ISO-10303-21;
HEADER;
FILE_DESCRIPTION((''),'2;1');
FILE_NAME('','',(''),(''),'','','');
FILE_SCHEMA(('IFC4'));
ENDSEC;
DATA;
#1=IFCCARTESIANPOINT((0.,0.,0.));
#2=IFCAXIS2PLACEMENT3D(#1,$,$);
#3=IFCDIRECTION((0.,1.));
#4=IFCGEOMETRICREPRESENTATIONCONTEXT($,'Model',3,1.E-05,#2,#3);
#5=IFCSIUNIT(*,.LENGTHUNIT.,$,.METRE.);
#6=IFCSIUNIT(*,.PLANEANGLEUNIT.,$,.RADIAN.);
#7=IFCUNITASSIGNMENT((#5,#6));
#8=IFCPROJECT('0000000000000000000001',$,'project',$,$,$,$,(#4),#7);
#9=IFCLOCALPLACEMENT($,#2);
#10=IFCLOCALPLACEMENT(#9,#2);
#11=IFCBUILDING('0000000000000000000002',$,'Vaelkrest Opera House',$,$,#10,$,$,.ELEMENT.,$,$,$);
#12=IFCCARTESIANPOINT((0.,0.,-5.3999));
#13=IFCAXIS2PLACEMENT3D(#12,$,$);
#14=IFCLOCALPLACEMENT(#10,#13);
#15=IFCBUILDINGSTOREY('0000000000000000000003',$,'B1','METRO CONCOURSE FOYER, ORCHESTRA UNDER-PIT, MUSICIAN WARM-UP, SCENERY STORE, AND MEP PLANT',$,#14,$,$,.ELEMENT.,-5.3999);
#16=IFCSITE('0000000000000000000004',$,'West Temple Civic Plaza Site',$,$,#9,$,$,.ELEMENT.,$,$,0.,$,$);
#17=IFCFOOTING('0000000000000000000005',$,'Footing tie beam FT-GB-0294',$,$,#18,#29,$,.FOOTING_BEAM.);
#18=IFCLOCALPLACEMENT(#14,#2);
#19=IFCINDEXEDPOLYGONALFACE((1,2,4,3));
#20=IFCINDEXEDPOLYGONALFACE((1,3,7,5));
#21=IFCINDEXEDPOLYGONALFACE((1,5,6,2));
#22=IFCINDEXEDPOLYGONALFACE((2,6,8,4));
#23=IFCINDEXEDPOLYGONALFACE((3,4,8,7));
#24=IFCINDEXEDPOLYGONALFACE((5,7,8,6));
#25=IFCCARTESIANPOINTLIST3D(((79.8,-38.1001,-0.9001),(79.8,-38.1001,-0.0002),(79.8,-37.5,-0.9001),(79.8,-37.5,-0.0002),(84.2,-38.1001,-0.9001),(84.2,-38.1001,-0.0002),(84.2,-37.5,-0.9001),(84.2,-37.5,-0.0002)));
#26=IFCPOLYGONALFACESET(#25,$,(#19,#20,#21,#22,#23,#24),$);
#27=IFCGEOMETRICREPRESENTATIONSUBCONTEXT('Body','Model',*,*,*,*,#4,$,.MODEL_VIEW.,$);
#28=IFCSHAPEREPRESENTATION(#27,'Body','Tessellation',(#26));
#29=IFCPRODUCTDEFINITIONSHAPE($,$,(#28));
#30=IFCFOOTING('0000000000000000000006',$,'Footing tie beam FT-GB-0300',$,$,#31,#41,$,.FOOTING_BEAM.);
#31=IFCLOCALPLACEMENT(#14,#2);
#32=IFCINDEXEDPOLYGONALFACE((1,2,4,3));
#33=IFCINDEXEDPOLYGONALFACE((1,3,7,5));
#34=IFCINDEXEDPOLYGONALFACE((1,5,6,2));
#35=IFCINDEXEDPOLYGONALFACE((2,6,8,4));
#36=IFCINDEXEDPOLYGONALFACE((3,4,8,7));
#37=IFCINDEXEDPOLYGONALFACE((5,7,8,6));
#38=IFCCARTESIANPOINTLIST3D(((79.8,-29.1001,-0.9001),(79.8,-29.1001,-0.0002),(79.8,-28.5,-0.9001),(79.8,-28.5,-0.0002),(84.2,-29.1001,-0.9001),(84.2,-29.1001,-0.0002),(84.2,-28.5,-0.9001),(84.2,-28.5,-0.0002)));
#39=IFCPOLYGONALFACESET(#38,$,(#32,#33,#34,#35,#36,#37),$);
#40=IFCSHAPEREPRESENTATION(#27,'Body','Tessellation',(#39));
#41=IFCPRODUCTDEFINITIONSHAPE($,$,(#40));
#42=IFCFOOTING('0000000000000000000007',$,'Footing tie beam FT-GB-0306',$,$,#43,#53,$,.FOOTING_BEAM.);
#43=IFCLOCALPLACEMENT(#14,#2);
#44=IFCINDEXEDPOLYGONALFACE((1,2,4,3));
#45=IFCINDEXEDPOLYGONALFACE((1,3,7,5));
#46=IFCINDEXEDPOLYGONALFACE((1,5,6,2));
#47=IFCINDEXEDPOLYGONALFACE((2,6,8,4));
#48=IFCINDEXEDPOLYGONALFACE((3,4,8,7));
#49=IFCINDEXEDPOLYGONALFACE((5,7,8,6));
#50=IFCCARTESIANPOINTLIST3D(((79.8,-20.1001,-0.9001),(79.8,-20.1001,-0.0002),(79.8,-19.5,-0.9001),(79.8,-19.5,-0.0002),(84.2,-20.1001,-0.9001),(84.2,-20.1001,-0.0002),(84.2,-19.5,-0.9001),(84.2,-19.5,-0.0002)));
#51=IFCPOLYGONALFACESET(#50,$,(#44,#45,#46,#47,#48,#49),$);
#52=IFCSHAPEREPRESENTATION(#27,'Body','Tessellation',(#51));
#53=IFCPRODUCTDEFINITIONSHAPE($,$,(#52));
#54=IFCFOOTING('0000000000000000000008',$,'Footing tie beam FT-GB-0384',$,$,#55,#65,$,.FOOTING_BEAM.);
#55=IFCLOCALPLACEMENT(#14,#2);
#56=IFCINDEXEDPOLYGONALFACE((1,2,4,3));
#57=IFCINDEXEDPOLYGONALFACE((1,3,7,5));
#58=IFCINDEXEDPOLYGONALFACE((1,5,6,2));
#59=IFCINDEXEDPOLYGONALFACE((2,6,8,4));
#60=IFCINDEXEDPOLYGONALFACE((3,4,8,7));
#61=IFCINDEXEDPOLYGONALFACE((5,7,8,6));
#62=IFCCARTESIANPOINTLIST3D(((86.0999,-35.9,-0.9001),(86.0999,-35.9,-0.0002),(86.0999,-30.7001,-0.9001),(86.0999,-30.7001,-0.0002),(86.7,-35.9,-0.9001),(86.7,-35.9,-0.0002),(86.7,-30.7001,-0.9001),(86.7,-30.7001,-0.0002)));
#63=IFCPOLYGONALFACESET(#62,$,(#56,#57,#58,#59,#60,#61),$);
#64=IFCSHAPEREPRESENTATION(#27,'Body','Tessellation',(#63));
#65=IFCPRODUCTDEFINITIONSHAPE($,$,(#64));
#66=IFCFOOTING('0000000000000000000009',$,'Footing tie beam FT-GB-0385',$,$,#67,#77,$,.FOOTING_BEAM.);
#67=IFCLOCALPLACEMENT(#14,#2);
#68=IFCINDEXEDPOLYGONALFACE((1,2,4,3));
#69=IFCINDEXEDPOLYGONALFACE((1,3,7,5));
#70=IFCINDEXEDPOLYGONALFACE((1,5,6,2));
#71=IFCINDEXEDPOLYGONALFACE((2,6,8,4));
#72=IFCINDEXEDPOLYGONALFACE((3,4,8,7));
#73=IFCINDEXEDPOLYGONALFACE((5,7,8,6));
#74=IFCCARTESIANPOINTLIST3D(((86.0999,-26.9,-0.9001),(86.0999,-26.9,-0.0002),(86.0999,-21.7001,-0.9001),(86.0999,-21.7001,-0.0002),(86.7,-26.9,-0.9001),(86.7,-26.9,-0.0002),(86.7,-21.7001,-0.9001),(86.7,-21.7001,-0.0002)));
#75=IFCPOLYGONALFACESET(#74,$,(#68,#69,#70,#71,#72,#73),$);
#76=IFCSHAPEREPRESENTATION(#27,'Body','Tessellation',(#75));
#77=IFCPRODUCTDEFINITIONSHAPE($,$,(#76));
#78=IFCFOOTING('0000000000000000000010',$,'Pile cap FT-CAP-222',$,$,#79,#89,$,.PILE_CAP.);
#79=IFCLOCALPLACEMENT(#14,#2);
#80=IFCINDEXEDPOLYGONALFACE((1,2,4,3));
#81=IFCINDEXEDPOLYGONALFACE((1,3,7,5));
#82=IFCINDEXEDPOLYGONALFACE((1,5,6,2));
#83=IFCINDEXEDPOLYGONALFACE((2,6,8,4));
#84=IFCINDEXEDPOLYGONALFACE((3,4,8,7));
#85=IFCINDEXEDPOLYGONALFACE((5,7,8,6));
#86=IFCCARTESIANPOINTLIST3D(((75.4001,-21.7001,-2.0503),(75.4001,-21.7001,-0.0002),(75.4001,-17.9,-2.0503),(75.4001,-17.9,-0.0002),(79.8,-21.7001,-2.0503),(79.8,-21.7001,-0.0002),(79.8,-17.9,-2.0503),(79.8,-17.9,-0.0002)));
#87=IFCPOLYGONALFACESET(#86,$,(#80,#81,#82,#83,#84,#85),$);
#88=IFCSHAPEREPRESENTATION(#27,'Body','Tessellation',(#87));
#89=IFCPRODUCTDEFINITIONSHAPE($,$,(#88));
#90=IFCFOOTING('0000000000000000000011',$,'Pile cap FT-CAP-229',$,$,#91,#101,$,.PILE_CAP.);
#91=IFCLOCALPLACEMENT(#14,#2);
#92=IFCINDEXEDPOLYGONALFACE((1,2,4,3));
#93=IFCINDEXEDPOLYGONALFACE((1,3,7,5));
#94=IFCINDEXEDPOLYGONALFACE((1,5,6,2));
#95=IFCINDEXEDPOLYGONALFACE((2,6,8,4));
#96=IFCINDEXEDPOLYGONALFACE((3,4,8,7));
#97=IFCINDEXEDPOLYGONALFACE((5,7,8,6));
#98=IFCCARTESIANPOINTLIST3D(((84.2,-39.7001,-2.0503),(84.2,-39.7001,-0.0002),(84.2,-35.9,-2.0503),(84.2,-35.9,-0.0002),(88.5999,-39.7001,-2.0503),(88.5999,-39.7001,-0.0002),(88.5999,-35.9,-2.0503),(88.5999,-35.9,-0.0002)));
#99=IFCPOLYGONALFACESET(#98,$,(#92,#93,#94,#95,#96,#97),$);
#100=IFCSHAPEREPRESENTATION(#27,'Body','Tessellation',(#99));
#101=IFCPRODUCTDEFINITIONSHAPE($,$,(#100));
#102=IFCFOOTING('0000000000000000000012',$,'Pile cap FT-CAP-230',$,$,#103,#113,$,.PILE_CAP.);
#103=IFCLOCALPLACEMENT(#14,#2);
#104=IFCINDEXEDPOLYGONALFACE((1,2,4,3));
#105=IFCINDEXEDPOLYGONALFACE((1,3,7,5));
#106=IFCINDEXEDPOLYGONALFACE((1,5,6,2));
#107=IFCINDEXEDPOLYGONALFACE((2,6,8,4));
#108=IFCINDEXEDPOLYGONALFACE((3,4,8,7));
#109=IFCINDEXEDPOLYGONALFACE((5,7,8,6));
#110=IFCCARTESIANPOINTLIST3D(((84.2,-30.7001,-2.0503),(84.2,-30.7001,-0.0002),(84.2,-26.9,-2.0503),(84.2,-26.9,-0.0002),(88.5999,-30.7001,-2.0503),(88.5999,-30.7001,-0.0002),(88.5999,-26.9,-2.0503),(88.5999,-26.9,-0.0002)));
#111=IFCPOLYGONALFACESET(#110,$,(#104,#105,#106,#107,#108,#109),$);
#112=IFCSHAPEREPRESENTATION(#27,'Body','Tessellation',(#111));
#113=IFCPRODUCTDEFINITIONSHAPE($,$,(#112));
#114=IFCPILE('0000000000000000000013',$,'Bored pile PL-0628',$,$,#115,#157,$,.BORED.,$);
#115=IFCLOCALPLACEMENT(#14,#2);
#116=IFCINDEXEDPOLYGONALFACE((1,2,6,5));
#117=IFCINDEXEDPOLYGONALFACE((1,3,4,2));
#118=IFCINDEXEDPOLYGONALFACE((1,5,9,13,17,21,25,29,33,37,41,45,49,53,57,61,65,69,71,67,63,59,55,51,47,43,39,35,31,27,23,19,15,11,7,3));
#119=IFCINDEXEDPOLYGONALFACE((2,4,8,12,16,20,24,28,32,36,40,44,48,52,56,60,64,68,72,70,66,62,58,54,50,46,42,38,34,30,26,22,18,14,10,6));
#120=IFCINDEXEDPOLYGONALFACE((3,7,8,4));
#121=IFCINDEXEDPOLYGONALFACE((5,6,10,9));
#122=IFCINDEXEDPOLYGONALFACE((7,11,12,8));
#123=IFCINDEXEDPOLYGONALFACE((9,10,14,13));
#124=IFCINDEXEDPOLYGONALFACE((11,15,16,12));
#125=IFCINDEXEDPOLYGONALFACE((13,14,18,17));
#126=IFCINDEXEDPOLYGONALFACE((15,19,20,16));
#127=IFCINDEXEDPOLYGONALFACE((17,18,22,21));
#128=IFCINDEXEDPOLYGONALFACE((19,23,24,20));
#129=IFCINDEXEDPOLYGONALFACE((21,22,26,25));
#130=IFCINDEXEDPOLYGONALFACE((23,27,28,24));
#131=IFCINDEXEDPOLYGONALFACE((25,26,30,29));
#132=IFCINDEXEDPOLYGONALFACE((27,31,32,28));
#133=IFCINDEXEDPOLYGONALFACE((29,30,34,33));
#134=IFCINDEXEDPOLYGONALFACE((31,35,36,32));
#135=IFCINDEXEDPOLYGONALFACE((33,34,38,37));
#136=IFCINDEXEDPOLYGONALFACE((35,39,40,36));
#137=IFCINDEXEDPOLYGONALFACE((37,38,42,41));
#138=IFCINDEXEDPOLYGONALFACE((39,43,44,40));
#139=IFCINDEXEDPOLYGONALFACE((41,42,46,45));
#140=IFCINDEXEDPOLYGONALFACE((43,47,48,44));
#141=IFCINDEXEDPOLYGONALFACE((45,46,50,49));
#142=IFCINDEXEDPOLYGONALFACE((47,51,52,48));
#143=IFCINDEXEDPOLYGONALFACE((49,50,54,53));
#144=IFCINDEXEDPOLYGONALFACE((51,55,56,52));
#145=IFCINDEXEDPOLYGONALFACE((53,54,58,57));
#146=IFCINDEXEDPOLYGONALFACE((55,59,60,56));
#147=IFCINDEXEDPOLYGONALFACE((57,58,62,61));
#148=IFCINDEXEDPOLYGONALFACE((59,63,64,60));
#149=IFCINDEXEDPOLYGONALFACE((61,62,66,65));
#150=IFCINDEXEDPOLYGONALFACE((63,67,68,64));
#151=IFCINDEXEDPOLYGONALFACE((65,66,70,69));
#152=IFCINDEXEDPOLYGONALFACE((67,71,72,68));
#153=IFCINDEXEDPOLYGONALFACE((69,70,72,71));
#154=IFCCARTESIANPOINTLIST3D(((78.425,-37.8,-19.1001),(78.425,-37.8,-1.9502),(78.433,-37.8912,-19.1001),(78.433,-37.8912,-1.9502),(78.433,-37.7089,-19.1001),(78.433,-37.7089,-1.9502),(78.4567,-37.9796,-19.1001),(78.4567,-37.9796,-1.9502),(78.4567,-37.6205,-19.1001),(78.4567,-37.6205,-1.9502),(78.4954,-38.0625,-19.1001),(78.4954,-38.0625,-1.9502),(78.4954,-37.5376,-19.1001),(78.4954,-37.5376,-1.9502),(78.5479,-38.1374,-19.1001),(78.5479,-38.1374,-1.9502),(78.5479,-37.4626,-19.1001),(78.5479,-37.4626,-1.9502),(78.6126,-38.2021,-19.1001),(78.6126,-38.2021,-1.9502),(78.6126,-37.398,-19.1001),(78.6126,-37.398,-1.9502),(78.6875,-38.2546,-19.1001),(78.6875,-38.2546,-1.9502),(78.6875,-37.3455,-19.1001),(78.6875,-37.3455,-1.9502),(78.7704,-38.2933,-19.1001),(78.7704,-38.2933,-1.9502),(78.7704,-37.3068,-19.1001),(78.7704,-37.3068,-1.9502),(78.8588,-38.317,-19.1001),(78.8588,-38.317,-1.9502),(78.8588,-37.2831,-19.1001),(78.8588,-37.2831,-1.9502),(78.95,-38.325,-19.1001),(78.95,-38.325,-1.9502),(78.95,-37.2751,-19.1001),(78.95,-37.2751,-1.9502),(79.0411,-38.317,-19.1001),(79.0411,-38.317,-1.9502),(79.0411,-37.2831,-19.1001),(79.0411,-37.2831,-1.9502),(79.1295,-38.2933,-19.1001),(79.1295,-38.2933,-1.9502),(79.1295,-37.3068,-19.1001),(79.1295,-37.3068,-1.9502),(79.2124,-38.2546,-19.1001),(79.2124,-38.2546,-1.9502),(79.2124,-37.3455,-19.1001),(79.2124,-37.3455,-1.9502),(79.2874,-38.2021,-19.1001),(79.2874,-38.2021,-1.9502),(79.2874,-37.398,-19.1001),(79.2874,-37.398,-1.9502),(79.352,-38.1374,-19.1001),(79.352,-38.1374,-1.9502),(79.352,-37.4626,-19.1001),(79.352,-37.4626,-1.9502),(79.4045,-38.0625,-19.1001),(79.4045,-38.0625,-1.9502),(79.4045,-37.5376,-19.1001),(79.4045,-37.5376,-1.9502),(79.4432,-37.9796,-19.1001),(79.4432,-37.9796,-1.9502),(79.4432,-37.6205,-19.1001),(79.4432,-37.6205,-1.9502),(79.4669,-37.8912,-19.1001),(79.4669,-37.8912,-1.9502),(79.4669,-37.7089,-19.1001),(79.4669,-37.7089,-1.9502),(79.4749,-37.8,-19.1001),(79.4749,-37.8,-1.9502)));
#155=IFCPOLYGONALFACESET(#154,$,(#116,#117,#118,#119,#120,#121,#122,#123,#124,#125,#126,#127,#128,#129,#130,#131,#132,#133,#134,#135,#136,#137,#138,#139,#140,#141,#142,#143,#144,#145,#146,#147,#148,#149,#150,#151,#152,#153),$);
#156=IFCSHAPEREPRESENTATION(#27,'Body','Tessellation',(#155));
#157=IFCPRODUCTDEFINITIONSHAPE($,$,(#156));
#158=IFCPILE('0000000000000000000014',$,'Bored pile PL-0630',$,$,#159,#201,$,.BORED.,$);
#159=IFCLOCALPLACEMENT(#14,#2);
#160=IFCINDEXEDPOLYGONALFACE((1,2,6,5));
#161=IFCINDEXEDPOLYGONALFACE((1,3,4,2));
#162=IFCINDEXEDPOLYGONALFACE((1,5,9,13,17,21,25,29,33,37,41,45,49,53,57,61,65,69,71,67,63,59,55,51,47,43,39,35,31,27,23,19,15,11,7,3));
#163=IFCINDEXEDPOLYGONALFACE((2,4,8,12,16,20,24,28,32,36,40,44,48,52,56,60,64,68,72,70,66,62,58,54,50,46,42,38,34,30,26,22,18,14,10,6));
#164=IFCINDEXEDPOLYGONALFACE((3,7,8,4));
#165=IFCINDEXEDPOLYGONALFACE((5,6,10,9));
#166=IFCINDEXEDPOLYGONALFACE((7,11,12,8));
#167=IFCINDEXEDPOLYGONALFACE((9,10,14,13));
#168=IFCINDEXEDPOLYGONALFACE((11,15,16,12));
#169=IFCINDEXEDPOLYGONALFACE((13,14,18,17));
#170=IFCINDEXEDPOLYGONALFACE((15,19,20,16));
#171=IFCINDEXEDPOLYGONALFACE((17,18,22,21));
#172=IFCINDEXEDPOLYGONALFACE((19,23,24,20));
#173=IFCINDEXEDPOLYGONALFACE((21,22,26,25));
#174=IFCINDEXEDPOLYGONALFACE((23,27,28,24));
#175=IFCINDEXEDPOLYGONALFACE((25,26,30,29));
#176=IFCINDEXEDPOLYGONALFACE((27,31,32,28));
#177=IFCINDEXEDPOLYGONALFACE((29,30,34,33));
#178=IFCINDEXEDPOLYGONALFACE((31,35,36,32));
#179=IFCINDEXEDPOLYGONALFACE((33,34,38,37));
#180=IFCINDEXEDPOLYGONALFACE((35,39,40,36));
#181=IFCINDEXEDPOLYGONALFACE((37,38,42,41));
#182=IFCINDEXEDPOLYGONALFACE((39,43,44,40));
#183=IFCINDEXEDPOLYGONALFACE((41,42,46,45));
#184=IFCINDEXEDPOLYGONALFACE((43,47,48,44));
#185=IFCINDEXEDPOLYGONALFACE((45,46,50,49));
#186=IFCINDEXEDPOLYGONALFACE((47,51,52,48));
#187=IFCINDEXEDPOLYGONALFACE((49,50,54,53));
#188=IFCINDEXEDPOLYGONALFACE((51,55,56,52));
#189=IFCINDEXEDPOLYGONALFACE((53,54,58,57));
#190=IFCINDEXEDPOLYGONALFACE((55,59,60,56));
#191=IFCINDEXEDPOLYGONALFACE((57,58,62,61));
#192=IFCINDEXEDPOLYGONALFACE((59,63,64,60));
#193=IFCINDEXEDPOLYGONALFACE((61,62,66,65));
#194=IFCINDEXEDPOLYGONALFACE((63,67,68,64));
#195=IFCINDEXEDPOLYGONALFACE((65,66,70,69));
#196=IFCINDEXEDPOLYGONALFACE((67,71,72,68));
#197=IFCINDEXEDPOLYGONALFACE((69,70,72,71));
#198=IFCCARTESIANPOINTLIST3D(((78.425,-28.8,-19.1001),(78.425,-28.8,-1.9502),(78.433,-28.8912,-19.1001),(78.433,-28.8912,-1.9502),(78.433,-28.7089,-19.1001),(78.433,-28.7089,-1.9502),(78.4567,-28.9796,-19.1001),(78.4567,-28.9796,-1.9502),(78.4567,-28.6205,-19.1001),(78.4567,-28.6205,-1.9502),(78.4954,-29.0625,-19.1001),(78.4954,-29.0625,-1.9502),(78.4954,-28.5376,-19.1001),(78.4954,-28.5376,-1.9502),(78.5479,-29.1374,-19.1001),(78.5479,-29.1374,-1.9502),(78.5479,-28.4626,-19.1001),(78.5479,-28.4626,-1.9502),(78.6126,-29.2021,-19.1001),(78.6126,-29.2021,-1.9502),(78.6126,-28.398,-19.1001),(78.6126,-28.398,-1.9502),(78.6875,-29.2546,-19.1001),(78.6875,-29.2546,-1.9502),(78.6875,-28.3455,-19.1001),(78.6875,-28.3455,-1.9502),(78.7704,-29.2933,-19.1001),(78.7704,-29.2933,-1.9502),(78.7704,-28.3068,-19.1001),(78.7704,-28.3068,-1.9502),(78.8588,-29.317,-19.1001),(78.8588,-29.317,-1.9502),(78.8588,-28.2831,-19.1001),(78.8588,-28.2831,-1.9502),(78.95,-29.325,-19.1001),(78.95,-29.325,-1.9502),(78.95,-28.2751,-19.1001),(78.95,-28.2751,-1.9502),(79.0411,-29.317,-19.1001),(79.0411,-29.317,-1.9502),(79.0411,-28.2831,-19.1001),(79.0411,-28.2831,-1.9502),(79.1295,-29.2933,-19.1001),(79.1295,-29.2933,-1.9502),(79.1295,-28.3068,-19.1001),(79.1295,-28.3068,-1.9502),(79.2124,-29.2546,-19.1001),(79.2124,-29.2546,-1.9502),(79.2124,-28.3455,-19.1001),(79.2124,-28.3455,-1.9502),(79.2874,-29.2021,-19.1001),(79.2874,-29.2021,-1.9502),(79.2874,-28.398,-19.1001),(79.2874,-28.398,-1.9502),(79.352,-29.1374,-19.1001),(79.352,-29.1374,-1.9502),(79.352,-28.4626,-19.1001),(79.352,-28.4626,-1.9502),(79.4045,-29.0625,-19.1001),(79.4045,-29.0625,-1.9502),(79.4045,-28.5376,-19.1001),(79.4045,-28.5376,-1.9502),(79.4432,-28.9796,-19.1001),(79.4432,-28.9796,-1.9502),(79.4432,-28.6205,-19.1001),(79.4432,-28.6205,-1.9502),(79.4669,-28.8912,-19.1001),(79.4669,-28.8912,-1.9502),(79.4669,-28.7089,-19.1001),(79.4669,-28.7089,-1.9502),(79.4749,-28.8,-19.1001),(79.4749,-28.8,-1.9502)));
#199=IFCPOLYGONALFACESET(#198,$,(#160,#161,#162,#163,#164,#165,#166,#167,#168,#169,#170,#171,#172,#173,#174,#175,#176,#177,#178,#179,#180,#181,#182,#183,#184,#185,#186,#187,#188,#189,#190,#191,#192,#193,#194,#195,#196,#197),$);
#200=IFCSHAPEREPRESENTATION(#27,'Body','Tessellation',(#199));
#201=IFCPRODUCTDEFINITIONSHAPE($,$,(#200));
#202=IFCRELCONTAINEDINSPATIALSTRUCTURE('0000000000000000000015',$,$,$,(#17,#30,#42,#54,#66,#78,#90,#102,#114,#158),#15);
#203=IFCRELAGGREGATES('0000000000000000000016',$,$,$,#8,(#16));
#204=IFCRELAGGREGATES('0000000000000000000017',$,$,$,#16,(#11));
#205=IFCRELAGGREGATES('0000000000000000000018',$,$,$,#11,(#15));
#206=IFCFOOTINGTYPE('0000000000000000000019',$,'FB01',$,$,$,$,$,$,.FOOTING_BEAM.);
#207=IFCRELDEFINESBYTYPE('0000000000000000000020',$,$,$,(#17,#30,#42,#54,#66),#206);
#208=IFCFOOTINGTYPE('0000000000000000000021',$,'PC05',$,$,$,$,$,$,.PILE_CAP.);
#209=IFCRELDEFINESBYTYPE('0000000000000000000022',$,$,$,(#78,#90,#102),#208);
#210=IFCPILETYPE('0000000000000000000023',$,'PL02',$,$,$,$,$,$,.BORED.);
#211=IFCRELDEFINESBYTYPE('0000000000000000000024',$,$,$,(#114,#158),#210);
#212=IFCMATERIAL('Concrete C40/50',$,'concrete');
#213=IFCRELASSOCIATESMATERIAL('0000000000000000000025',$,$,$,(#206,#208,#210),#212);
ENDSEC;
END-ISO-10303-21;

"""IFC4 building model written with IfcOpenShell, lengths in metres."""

from ifc_helpers import new_model, si_unit, direction, frame, origin, origin_2d, place, context, subcontext, project, spatial, rectangle, circle, extrude, material, material_profile, profile_set, type_object, element, save


model = new_model("IFC4")

# Units and contexts
model_context = context("Model", 3, precision=1e-05, world=origin(), true_north=direction((0.0, 1.0)))
body_context = subcontext(model_context, "Body", "Model", "MODEL_VIEW")
ifc_project = project(units=[si_unit("LENGTHUNIT", "METRE"), si_unit("PLANEANGLEUNIT", "RADIAN")], contexts=[model_context])

# Site, building, storey
site_placement = place(None, origin())
site = spatial("IfcSite", under=ifc_project, at=site_placement, Name="West Temple Civic Plaza Site", CompositionType="ELEMENT", RefElevation=0.0)
building_placement = place(site_placement, origin())
building = spatial("IfcBuilding", under=site, at=building_placement, Name="Vaelkrest Opera House", CompositionType="ELEMENT")
storey_placement = place(building_placement, frame((0.0, 0.0, -5.3999)))
storey = spatial("IfcBuildingStorey", under=building, at=storey_placement, Name="B1", Description="METRO CONCOURSE FOYER, ORCHESTRA UNDER-PIT, MUSICIAN WARM-UP, SCENERY STORE, AND MEP PLANT", CompositionType="ELEMENT", Elevation=-5.3999)

# Footings
ifc_material_1 = material(Name="Concrete C40/50", Category="concrete")
footing_type_1 = type_object("IfcFootingType", Name="FB01", PredefinedType="FOOTING_BEAM", material=ifc_material_1)
for number, where, z_axis, x_axis, name in (
    (1, (82.0, -37.8, -0.9001), (0.0, 0.0, 1.0), (1.0, 0.0, 0.0), "Footing tie beam FT-GB-0294"),
    (2, (82.0, -28.8, -0.9001), (0.0, 0.0, 1.0), (1.0, 0.0, 0.0), "Footing tie beam FT-GB-0300"),
    (3, (82.0, -19.8, -0.9001), (0.0, 0.0, 1.0), (1.0, 0.0, 0.0), "Footing tie beam FT-GB-0306"),
):
    element("IfcFooting", number, at=place(storey_placement, frame(where, z_axis=z_axis, x_axis=x_axis)), inside=storey, type_object=footing_type_1, Name=name, PredefinedType="FOOTING_BEAM", context=body_context, shape_type="SweptSolid", body=[
        extrude(rectangle(XDim=4.3999, YDim=0.6001, at=origin_2d()), origin(), (0.0, 0.0, 1.0), 0.8999),
    ])
for number, where, z_axis, x_axis, name in (
    (4, (86.3999, -33.3, -0.9001), (0.0, 0.0, 1.0), (0.0, 1.0, 0.0), "Footing tie beam FT-GB-0384"),
    (5, (86.3999, -24.3, -0.9001), (0.0, 0.0, 1.0), (0.0, 1.0, 0.0), "Footing tie beam FT-GB-0385"),
):
    element("IfcFooting", number, at=place(storey_placement, frame(where, z_axis=z_axis, x_axis=x_axis)), inside=storey, type_object=footing_type_1, Name=name, PredefinedType="FOOTING_BEAM", context=body_context, shape_type="SweptSolid", body=[
        extrude(rectangle(XDim=5.2, YDim=0.6001, at=origin_2d()), origin(), (0.0, 0.0, 1.0), 0.8999),
    ])
footing_type_2 = type_object("IfcFootingType", Name="PC05", PredefinedType="PILE_CAP", material=ifc_material_1)
for number, where, z_axis, x_axis, name in (
    (6, (77.6001, -19.8, -2.0503), (0.0, 0.0, 1.0), (1.0, 0.0, 0.0), "Pile cap FT-CAP-222"),
    (7, (86.3999, -37.8, -2.0503), (0.0, 0.0, 1.0), (1.0, 0.0, 0.0), "Pile cap FT-CAP-229"),
    (8, (86.3999, -28.8, -2.0503), (0.0, 0.0, 1.0), (1.0, 0.0, 0.0), "Pile cap FT-CAP-230"),
):
    element("IfcFooting", number, at=place(storey_placement, frame(where, z_axis=z_axis, x_axis=x_axis)), inside=storey, type_object=footing_type_2, Name=name, PredefinedType="PILE_CAP", context=body_context, shape_type="SweptSolid", body=[
        extrude(rectangle(XDim=4.3999, YDim=3.8, at=origin_2d()), origin(), (0.0, 0.0, 1.0), 2.05),
    ])

# Piles
ifc_material_profile_1 = material_profile(ifc_material_1, circle(Radius=0.5249, at=origin_2d()), Name="PILE1050")
ifc_profile_set_1 = profile_set([ifc_material_profile_1], Name="Concrete C40/50")
pile_type = type_object("IfcPileType", Name="PL02", PredefinedType="BORED", material=ifc_profile_set_1)
for number, where, z_axis, x_axis, name in (
    (9, (78.95, -37.8, -1.9502), (0.0, 0.0, -1.0), (1.0, 0.0, 0.0), "Bored pile PL-0628"),
    (10, (78.95, -28.8, -1.9502), (0.0, 0.0, -1.0), (1.0, 0.0, 0.0), "Bored pile PL-0630"),
):
    element("IfcPile", number, at=place(storey_placement, frame(where, z_axis=z_axis, x_axis=x_axis)), inside=storey, type_object=pile_type, Name=name, PredefinedType="BORED", context=body_context, shape_type="SweptSolid", body=[
        extrude(circle(Radius=0.5249, at=origin_2d()), origin(), (0.0, 0.0, 1.0), 17.1499),
    ])

save(model, "model.ifc")
